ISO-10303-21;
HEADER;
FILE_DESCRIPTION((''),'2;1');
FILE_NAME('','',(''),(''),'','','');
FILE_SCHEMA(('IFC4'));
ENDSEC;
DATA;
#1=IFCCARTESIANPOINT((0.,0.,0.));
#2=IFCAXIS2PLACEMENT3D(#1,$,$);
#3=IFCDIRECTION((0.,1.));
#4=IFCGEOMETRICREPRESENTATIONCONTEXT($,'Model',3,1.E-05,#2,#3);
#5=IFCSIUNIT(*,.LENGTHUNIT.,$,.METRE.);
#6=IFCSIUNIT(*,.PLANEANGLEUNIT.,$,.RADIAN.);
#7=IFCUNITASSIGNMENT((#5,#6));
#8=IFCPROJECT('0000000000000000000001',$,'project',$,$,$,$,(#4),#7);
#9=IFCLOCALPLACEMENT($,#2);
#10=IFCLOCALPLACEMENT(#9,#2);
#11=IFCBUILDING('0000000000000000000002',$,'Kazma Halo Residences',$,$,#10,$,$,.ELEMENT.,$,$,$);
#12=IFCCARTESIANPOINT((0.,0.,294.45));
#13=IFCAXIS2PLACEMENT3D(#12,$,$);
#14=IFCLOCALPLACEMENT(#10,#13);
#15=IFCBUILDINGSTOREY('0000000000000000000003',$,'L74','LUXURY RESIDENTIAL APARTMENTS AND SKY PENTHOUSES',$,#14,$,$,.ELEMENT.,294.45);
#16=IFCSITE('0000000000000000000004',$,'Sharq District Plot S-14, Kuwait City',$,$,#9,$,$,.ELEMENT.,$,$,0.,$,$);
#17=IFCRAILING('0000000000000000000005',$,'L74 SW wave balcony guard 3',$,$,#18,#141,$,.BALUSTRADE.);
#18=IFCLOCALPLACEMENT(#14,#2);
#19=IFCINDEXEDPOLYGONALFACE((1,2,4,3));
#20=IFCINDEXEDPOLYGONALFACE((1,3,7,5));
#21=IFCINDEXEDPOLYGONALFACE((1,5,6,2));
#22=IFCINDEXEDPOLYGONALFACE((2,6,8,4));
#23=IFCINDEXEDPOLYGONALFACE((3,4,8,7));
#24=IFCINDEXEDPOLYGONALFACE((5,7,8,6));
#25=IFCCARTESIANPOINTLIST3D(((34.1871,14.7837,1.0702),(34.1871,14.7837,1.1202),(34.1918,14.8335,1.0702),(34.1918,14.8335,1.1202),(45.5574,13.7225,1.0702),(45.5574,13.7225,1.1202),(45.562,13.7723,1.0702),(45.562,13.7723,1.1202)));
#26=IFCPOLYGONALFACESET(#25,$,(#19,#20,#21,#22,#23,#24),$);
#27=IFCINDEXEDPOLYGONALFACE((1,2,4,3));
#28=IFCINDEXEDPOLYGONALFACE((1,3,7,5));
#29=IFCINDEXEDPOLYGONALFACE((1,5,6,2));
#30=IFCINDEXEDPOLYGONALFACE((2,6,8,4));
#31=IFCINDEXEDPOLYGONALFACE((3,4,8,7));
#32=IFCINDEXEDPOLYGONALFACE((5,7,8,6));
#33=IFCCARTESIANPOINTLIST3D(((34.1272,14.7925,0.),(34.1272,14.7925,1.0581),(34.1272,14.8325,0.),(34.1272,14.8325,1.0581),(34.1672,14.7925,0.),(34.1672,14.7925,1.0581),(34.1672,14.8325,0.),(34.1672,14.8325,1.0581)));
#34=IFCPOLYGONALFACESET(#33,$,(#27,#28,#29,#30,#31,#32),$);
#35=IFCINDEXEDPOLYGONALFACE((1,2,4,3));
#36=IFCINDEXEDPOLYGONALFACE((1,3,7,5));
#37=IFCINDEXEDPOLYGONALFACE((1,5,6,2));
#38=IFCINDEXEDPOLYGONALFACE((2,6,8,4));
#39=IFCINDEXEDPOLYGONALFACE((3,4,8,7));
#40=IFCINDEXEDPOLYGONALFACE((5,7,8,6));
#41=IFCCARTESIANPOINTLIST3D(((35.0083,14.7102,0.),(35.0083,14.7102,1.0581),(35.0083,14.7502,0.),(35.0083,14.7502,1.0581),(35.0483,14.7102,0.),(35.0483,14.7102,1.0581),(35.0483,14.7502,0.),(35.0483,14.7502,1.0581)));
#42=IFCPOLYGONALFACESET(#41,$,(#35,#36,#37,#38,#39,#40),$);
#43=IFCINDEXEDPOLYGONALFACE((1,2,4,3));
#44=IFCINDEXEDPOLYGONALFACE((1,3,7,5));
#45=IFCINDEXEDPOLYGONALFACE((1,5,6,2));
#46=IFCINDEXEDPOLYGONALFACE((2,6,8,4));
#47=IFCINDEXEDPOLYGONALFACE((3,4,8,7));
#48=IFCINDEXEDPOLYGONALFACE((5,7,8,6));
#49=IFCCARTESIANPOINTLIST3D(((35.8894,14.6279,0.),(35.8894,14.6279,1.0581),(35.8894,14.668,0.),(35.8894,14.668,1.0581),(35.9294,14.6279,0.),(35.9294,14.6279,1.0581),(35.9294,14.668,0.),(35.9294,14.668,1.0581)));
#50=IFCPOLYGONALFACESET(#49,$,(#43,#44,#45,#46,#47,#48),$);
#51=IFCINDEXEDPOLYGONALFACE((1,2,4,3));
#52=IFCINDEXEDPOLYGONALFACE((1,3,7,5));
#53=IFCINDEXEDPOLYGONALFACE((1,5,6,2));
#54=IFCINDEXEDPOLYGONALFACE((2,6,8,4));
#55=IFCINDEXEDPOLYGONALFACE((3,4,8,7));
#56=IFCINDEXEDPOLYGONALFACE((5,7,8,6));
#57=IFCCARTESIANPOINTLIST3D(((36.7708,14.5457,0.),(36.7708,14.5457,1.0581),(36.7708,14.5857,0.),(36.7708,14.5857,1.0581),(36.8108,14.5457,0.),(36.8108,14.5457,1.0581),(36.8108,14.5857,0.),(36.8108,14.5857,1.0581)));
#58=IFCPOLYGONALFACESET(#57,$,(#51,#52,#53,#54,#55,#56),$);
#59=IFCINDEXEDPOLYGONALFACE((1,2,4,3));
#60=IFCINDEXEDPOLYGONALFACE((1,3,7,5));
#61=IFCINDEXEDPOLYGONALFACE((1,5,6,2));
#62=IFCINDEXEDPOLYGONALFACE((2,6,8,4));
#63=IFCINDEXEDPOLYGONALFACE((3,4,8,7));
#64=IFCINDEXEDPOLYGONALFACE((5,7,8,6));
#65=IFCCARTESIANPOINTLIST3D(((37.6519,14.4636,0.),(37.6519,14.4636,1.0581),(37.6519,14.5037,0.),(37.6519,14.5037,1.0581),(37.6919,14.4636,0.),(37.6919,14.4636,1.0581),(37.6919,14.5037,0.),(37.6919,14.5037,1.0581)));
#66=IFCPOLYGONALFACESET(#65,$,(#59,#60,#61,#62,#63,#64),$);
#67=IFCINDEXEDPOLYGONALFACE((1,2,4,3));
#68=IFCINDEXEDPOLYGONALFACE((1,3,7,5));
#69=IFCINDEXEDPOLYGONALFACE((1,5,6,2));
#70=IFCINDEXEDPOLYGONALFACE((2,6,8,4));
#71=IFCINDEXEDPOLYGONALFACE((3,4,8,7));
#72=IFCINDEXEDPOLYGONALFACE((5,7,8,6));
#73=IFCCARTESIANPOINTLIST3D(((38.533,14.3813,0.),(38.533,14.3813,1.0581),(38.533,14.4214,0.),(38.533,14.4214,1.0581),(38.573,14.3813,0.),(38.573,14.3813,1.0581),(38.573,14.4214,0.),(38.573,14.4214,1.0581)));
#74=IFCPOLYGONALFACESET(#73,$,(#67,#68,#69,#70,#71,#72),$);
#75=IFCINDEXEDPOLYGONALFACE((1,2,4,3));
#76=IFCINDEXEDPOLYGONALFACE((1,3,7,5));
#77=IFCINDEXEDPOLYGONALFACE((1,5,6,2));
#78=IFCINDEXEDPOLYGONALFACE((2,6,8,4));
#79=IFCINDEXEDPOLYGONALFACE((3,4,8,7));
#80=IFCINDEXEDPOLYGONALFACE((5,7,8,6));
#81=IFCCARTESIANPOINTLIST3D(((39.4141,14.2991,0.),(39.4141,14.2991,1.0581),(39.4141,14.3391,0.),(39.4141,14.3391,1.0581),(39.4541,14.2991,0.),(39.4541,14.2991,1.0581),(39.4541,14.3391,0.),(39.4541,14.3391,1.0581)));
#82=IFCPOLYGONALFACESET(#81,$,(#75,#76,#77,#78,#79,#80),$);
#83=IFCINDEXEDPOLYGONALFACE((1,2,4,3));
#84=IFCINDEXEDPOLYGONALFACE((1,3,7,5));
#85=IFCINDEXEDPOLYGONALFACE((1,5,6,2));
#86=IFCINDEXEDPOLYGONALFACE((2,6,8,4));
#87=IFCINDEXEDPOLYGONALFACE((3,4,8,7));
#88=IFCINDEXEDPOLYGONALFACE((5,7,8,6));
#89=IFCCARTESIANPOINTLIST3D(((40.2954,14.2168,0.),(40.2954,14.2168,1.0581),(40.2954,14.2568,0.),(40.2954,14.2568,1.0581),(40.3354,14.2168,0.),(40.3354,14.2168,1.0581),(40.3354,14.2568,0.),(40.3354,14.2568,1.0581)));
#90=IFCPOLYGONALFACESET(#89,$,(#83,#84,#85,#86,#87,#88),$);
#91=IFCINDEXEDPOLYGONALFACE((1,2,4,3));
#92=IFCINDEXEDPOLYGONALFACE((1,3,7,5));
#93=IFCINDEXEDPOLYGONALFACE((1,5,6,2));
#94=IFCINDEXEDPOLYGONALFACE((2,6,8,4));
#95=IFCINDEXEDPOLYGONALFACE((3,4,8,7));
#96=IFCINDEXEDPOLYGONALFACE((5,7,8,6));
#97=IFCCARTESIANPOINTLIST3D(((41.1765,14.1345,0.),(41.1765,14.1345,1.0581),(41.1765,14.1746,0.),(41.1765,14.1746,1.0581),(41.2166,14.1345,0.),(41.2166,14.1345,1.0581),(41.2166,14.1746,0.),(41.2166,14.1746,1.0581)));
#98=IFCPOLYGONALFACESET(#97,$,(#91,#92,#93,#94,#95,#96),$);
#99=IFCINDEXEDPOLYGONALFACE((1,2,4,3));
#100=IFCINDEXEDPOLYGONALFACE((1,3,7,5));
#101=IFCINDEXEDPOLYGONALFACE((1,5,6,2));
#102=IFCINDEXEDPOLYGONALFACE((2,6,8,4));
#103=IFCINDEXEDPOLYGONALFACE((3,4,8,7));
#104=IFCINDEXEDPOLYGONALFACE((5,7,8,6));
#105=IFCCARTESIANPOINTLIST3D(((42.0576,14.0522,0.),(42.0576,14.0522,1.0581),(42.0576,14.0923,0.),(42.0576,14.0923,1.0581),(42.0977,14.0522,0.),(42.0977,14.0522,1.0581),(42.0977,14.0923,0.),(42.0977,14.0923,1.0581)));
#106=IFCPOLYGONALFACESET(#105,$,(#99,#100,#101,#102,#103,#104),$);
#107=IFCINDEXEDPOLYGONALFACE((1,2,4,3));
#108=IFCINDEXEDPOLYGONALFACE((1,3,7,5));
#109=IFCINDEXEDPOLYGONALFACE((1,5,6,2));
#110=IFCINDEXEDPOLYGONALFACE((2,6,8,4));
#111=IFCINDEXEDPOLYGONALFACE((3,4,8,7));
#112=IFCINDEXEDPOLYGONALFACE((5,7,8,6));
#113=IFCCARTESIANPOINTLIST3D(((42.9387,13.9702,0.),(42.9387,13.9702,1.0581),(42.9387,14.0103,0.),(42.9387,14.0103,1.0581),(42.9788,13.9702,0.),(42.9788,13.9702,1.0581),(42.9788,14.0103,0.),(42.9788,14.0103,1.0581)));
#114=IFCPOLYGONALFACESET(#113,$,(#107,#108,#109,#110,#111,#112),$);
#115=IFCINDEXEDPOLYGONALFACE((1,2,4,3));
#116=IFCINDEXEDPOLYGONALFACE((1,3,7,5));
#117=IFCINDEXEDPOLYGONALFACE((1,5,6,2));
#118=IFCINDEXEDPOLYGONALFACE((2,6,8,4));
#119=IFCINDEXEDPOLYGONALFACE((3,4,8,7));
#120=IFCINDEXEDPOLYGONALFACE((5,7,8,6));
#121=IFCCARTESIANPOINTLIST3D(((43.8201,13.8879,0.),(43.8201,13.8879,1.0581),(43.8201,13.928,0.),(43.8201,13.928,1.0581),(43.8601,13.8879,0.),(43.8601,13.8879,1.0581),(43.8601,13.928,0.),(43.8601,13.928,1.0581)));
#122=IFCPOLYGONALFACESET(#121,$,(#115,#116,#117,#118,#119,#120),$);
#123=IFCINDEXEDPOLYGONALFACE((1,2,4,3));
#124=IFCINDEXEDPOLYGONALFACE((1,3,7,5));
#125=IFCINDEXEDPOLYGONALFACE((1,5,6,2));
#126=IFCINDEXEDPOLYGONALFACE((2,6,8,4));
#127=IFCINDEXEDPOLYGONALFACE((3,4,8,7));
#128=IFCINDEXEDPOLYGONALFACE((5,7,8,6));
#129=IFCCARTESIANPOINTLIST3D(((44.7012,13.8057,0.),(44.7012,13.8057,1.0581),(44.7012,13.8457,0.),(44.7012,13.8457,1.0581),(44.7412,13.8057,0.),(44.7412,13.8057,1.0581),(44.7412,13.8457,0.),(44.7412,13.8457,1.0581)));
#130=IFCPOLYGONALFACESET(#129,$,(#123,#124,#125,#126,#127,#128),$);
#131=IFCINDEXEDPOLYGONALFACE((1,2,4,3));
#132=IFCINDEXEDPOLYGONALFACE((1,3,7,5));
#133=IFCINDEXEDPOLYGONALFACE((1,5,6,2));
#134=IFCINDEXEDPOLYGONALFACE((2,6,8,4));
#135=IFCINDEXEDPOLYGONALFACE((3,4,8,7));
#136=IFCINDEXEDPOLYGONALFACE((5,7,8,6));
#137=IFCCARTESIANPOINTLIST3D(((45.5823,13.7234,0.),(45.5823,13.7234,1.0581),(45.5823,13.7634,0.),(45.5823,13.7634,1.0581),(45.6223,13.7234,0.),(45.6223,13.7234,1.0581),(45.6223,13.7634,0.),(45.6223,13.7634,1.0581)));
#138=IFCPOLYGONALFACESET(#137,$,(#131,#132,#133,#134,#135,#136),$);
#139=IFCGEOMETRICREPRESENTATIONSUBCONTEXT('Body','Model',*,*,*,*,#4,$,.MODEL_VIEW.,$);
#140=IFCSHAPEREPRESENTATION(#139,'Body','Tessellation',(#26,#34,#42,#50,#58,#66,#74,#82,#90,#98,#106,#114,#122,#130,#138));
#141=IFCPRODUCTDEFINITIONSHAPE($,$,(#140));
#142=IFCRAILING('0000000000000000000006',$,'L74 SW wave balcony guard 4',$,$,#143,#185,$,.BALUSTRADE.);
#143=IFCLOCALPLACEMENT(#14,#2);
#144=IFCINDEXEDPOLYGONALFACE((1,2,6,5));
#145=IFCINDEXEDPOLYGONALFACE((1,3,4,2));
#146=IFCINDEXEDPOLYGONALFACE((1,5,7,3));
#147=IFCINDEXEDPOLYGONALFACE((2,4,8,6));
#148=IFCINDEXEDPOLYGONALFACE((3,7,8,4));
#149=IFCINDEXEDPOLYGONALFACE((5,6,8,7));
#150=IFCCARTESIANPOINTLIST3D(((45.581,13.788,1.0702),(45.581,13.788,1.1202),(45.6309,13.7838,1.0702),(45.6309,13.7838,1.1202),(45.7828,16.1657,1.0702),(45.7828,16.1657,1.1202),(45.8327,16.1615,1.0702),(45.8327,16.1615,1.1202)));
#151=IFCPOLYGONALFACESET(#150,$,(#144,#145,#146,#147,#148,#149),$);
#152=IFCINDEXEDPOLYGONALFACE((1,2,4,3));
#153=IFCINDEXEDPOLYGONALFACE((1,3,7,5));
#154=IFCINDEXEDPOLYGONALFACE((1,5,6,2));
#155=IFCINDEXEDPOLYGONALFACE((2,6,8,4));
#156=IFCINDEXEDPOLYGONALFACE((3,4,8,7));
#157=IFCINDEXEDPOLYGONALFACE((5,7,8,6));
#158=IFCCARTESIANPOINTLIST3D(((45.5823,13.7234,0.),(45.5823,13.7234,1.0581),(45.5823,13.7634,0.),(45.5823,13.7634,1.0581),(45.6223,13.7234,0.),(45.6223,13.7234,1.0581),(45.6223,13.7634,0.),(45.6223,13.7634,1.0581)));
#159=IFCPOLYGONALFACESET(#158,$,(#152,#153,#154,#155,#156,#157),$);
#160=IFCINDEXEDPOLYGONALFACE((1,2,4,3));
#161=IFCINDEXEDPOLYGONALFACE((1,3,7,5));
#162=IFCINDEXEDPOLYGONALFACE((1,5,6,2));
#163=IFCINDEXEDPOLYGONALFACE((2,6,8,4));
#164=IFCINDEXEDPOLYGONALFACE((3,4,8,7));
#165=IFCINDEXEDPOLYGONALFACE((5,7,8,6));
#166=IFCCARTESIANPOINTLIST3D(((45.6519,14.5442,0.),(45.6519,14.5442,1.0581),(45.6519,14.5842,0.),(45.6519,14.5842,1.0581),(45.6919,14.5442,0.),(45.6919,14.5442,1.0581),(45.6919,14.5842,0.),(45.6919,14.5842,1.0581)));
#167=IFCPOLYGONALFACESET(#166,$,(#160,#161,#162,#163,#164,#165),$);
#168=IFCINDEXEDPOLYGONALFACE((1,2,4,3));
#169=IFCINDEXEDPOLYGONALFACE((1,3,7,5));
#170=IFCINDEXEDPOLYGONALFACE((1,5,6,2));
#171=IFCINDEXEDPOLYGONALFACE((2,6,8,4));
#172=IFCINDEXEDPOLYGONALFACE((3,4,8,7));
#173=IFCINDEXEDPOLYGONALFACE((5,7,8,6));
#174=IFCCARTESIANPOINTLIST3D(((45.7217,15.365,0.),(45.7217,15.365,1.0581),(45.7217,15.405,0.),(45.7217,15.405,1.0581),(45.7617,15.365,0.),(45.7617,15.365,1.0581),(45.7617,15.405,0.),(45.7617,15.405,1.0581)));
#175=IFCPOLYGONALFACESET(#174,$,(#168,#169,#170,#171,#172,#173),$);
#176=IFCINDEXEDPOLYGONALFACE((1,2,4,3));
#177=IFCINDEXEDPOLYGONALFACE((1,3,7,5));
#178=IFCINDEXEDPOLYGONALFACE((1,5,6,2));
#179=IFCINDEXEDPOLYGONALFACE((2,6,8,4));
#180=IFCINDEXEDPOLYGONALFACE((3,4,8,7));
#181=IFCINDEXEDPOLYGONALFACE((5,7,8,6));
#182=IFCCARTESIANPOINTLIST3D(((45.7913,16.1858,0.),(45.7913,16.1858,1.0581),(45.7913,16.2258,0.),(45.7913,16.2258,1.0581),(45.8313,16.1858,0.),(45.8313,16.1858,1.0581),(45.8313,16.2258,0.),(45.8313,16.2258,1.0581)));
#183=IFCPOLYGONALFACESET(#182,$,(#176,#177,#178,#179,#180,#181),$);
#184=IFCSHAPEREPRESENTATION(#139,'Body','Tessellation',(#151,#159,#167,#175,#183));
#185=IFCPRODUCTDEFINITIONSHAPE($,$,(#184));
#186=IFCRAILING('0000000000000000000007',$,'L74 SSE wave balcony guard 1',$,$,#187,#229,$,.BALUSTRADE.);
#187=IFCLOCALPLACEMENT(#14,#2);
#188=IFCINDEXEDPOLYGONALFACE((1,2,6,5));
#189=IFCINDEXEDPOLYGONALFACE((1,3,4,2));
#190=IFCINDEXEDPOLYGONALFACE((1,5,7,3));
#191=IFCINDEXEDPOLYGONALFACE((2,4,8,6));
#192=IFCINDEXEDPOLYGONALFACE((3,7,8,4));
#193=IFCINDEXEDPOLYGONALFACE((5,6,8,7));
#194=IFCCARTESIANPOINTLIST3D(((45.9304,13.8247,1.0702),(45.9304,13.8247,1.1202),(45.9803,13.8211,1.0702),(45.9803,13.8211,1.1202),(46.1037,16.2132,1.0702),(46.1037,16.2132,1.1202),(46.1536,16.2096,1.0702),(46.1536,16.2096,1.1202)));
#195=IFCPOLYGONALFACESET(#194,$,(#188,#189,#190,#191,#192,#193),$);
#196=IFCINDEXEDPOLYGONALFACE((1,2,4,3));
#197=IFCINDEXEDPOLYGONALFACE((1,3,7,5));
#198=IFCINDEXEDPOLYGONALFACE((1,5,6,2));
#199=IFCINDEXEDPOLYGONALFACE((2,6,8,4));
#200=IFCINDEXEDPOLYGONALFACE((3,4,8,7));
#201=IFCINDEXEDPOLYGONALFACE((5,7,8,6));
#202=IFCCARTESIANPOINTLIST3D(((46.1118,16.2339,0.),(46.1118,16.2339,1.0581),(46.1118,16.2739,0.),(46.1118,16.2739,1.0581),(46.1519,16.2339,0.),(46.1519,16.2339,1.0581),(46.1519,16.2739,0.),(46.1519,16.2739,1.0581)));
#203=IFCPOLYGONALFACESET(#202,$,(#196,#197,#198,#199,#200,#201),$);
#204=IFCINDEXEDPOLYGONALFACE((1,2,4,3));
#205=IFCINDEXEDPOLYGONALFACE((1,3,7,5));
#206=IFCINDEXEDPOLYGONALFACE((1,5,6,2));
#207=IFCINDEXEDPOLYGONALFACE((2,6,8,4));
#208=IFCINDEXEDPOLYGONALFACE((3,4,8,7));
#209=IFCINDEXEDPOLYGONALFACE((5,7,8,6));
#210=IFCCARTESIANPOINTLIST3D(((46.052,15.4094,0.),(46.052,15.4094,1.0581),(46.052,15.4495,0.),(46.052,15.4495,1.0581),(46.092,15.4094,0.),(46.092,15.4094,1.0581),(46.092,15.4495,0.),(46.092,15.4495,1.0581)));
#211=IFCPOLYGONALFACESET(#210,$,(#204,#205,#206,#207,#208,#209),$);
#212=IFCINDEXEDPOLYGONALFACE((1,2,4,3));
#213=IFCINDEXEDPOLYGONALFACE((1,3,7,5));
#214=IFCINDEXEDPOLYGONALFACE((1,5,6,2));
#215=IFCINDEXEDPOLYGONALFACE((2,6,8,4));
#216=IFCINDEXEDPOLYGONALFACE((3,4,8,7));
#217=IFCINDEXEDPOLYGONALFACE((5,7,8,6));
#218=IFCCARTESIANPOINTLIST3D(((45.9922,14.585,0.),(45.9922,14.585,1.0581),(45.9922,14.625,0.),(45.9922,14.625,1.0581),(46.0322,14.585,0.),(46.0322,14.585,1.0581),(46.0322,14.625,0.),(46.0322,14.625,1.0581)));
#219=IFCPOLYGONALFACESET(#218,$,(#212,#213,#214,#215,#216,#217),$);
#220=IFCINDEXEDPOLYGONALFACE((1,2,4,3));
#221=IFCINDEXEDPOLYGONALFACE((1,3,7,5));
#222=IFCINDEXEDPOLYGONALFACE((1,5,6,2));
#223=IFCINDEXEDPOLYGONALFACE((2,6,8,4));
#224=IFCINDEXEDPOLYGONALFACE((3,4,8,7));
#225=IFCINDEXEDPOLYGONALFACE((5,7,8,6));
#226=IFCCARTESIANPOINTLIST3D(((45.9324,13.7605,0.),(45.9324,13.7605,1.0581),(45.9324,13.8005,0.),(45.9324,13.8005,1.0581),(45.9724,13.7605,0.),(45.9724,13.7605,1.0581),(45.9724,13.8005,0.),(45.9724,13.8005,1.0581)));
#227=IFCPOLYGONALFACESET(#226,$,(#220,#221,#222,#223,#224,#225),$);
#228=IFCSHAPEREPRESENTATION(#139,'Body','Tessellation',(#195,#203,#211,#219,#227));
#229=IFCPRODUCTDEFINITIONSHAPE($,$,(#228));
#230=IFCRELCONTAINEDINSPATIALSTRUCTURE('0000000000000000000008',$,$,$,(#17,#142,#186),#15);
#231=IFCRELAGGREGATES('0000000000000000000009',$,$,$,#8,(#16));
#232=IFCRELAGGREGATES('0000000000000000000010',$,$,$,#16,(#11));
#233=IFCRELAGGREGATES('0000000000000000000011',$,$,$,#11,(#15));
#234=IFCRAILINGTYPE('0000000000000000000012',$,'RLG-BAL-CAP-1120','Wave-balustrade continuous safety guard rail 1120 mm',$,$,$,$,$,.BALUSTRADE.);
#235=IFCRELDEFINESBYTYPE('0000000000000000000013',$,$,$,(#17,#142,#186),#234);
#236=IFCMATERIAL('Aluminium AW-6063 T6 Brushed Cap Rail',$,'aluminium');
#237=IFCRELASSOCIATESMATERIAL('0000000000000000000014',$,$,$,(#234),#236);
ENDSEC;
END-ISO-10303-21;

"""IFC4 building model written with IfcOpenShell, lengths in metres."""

from ifc_helpers import new_model, si_unit, direction, frame, origin, origin_2d, place, context, subcontext, project, spatial, rectangle, extrude, material, type_object, element, save


model = new_model("IFC4")

# Units and contexts
model_context = context("Model", 3, precision=1e-05, world=origin(), true_north=direction((0.0, 1.0)))
body_context = subcontext(model_context, "Body", "Model", "MODEL_VIEW")
ifc_project = project(units=[si_unit("LENGTHUNIT", "METRE"), si_unit("PLANEANGLEUNIT", "RADIAN")], contexts=[model_context])

# Site, building, storey
site_placement = place(None, origin())
site = spatial("IfcSite", under=ifc_project, at=site_placement, Name="Sharq District Plot S-14, Kuwait City", CompositionType="ELEMENT", RefElevation=0.0)
building_placement = place(site_placement, origin())
building = spatial("IfcBuilding", under=site, at=building_placement, Name="Kazma Halo Residences", CompositionType="ELEMENT")
storey_placement = place(building_placement, frame((0.0, 0.0, 294.45)))
storey = spatial("IfcBuildingStorey", under=building, at=storey_placement, Name="L74", Description="LUXURY RESIDENTIAL APARTMENTS AND SKY PENTHOUSES", CompositionType="ELEMENT", Elevation=294.45)

# Railings
ifc_material_1 = material(Name="Aluminium AW-6063 T6 Brushed Cap Rail", Category="aluminium")
railing_type = type_object("IfcRailingType", Name="RLG-BAL-CAP-1120", Description="Wave-balustrade continuous safety guard rail 1120 mm", PredefinedType="BALUSTRADE", material=ifc_material_1)
railing_1_placement = place(storey_placement, frame((34.1472, 14.8125, 0.0)))
element("IfcRailing", 1, at=railing_1_placement, inside=storey, type_object=railing_type, Name="L74 SW wave balcony guard 3", PredefinedType="BALUSTRADE", context=body_context, shape_type="SweptSolid", body=[
    extrude(rectangle(XDim=0.05, YDim=0.05, at=origin_2d()), frame((0.0422, -0.0039, 1.0952), z_axis=(0.995673, -0.092925, 0.0), x_axis=(0.092925, 0.995673, 0.0)), (0.0, 0.0, 1.0), 11.4197),
    extrude(rectangle(XDim=0.04, YDim=0.04, at=origin_2d()), origin(), (0.0, 0.0, 1.0), 1.0581),
    extrude(rectangle(XDim=0.04, YDim=0.04, at=origin_2d()), frame((0.8811, -0.0823, 0.0)), (0.0, 0.0, 1.0), 1.0581),
    extrude(rectangle(XDim=0.04, YDim=0.04, at=origin_2d()), frame((1.7622, -0.1646, 0.0)), (0.0, 0.0, 1.0), 1.0581),
    extrude(rectangle(XDim=0.04, YDim=0.04, at=origin_2d()), frame((2.6436, -0.2468, 0.0)), (0.0, 0.0, 1.0), 1.0581),
    extrude(rectangle(XDim=0.04, YDim=0.04, at=origin_2d()), frame((3.5247, -0.3289, 0.0)), (0.0, 0.0, 1.0), 1.0581),
    extrude(rectangle(XDim=0.04, YDim=0.04, at=origin_2d()), frame((4.4058, -0.4111, 0.0)), (0.0, 0.0, 1.0), 1.0581),
    extrude(rectangle(XDim=0.04, YDim=0.04, at=origin_2d()), frame((5.2869, -0.4934, 0.0)), (0.0, 0.0, 1.0), 1.0581),
    extrude(rectangle(XDim=0.04, YDim=0.04, at=origin_2d()), frame((6.1682, -0.5757, 0.0)), (0.0, 0.0, 1.0), 1.0581),
    extrude(rectangle(XDim=0.04, YDim=0.04, at=origin_2d()), frame((7.0493, -0.658, 0.0)), (0.0, 0.0, 1.0), 1.0581),
    extrude(rectangle(XDim=0.04, YDim=0.04, at=origin_2d()), frame((7.9304, -0.7402, 0.0)), (0.0, 0.0, 1.0), 1.0581),
    extrude(rectangle(XDim=0.04, YDim=0.04, at=origin_2d()), frame((8.8115, -0.8223, 0.0)), (0.0, 0.0, 1.0), 1.0581),
    extrude(rectangle(XDim=0.04, YDim=0.04, at=origin_2d()), frame((9.6929, -0.9045, 0.0)), (0.0, 0.0, 1.0), 1.0581),
    extrude(rectangle(XDim=0.04, YDim=0.04, at=origin_2d()), frame((10.574, -0.9868, 0.0)), (0.0, 0.0, 1.0), 1.0581),
    extrude(rectangle(XDim=0.04, YDim=0.04, at=origin_2d()), frame((11.4551, -1.0691, 0.0)), (0.0, 0.0, 1.0), 1.0581),
])
railing_2_placement = place(storey_placement, frame((45.6023, 13.7434, 0.0)))
element("IfcRailing", 2, at=railing_2_placement, inside=storey, type_object=railing_type, Name="L74 SW wave balcony guard 4", PredefinedType="BALUSTRADE", context=body_context, shape_type="SweptSolid", body=[
    extrude(rectangle(XDim=0.05, YDim=0.05, at=origin_2d()), frame((0.0037, 0.0425, 1.0952), z_axis=(0.084566, 0.996418, 0.0), x_axis=(-0.996418, 0.084566, 0.0)), (0.0, 0.0, 1.0), 2.3862),
    extrude(rectangle(XDim=0.04, YDim=0.04, at=origin_2d()), origin(), (0.0, 0.0, 1.0), 1.0581),
    extrude(rectangle(XDim=0.04, YDim=0.04, at=origin_2d()), frame((0.0696, 0.8208, 0.0)), (0.0, 0.0, 1.0), 1.0581),
    extrude(rectangle(XDim=0.04, YDim=0.04, at=origin_2d()), frame((0.1394, 1.6416, 0.0)), (0.0, 0.0, 1.0), 1.0581),
    extrude(rectangle(XDim=0.04, YDim=0.04, at=origin_2d()), frame((0.209, 2.4624, 0.0)), (0.0, 0.0, 1.0), 1.0581),
])
railing_3_placement = place(storey_placement, frame((46.1318, 16.2539, 0.0)))
element("IfcRailing", 3, at=railing_3_placement, inside=storey, type_object=railing_type, Name="L74 SSE wave balcony guard 1", PredefinedType="BALUSTRADE", context=body_context, shape_type="SweptSolid", body=[
    extrude(rectangle(XDim=0.05, YDim=0.05, at=origin_2d()), frame((-0.0032, -0.0425, 1.0952), z_axis=(-0.072359, -0.997379, 0.0), x_axis=(0.997379, -0.072359, 0.0)), (0.0, 0.0, 1.0), 2.3948),
    extrude(rectangle(XDim=0.04, YDim=0.04, at=origin_2d()), origin(), (0.0, 0.0, 1.0), 1.0581),
    extrude(rectangle(XDim=0.04, YDim=0.04, at=origin_2d()), frame((-0.0598, -0.8245, 0.0)), (0.0, 0.0, 1.0), 1.0581),
    extrude(rectangle(XDim=0.04, YDim=0.04, at=origin_2d()), frame((-0.1196, -1.6489, 0.0)), (0.0, 0.0, 1.0), 1.0581),
    extrude(rectangle(XDim=0.04, YDim=0.04, at=origin_2d()), frame((-0.1794, -2.4734, 0.0)), (0.0, 0.0, 1.0), 1.0581),
])

save(model, "model.ifc")
